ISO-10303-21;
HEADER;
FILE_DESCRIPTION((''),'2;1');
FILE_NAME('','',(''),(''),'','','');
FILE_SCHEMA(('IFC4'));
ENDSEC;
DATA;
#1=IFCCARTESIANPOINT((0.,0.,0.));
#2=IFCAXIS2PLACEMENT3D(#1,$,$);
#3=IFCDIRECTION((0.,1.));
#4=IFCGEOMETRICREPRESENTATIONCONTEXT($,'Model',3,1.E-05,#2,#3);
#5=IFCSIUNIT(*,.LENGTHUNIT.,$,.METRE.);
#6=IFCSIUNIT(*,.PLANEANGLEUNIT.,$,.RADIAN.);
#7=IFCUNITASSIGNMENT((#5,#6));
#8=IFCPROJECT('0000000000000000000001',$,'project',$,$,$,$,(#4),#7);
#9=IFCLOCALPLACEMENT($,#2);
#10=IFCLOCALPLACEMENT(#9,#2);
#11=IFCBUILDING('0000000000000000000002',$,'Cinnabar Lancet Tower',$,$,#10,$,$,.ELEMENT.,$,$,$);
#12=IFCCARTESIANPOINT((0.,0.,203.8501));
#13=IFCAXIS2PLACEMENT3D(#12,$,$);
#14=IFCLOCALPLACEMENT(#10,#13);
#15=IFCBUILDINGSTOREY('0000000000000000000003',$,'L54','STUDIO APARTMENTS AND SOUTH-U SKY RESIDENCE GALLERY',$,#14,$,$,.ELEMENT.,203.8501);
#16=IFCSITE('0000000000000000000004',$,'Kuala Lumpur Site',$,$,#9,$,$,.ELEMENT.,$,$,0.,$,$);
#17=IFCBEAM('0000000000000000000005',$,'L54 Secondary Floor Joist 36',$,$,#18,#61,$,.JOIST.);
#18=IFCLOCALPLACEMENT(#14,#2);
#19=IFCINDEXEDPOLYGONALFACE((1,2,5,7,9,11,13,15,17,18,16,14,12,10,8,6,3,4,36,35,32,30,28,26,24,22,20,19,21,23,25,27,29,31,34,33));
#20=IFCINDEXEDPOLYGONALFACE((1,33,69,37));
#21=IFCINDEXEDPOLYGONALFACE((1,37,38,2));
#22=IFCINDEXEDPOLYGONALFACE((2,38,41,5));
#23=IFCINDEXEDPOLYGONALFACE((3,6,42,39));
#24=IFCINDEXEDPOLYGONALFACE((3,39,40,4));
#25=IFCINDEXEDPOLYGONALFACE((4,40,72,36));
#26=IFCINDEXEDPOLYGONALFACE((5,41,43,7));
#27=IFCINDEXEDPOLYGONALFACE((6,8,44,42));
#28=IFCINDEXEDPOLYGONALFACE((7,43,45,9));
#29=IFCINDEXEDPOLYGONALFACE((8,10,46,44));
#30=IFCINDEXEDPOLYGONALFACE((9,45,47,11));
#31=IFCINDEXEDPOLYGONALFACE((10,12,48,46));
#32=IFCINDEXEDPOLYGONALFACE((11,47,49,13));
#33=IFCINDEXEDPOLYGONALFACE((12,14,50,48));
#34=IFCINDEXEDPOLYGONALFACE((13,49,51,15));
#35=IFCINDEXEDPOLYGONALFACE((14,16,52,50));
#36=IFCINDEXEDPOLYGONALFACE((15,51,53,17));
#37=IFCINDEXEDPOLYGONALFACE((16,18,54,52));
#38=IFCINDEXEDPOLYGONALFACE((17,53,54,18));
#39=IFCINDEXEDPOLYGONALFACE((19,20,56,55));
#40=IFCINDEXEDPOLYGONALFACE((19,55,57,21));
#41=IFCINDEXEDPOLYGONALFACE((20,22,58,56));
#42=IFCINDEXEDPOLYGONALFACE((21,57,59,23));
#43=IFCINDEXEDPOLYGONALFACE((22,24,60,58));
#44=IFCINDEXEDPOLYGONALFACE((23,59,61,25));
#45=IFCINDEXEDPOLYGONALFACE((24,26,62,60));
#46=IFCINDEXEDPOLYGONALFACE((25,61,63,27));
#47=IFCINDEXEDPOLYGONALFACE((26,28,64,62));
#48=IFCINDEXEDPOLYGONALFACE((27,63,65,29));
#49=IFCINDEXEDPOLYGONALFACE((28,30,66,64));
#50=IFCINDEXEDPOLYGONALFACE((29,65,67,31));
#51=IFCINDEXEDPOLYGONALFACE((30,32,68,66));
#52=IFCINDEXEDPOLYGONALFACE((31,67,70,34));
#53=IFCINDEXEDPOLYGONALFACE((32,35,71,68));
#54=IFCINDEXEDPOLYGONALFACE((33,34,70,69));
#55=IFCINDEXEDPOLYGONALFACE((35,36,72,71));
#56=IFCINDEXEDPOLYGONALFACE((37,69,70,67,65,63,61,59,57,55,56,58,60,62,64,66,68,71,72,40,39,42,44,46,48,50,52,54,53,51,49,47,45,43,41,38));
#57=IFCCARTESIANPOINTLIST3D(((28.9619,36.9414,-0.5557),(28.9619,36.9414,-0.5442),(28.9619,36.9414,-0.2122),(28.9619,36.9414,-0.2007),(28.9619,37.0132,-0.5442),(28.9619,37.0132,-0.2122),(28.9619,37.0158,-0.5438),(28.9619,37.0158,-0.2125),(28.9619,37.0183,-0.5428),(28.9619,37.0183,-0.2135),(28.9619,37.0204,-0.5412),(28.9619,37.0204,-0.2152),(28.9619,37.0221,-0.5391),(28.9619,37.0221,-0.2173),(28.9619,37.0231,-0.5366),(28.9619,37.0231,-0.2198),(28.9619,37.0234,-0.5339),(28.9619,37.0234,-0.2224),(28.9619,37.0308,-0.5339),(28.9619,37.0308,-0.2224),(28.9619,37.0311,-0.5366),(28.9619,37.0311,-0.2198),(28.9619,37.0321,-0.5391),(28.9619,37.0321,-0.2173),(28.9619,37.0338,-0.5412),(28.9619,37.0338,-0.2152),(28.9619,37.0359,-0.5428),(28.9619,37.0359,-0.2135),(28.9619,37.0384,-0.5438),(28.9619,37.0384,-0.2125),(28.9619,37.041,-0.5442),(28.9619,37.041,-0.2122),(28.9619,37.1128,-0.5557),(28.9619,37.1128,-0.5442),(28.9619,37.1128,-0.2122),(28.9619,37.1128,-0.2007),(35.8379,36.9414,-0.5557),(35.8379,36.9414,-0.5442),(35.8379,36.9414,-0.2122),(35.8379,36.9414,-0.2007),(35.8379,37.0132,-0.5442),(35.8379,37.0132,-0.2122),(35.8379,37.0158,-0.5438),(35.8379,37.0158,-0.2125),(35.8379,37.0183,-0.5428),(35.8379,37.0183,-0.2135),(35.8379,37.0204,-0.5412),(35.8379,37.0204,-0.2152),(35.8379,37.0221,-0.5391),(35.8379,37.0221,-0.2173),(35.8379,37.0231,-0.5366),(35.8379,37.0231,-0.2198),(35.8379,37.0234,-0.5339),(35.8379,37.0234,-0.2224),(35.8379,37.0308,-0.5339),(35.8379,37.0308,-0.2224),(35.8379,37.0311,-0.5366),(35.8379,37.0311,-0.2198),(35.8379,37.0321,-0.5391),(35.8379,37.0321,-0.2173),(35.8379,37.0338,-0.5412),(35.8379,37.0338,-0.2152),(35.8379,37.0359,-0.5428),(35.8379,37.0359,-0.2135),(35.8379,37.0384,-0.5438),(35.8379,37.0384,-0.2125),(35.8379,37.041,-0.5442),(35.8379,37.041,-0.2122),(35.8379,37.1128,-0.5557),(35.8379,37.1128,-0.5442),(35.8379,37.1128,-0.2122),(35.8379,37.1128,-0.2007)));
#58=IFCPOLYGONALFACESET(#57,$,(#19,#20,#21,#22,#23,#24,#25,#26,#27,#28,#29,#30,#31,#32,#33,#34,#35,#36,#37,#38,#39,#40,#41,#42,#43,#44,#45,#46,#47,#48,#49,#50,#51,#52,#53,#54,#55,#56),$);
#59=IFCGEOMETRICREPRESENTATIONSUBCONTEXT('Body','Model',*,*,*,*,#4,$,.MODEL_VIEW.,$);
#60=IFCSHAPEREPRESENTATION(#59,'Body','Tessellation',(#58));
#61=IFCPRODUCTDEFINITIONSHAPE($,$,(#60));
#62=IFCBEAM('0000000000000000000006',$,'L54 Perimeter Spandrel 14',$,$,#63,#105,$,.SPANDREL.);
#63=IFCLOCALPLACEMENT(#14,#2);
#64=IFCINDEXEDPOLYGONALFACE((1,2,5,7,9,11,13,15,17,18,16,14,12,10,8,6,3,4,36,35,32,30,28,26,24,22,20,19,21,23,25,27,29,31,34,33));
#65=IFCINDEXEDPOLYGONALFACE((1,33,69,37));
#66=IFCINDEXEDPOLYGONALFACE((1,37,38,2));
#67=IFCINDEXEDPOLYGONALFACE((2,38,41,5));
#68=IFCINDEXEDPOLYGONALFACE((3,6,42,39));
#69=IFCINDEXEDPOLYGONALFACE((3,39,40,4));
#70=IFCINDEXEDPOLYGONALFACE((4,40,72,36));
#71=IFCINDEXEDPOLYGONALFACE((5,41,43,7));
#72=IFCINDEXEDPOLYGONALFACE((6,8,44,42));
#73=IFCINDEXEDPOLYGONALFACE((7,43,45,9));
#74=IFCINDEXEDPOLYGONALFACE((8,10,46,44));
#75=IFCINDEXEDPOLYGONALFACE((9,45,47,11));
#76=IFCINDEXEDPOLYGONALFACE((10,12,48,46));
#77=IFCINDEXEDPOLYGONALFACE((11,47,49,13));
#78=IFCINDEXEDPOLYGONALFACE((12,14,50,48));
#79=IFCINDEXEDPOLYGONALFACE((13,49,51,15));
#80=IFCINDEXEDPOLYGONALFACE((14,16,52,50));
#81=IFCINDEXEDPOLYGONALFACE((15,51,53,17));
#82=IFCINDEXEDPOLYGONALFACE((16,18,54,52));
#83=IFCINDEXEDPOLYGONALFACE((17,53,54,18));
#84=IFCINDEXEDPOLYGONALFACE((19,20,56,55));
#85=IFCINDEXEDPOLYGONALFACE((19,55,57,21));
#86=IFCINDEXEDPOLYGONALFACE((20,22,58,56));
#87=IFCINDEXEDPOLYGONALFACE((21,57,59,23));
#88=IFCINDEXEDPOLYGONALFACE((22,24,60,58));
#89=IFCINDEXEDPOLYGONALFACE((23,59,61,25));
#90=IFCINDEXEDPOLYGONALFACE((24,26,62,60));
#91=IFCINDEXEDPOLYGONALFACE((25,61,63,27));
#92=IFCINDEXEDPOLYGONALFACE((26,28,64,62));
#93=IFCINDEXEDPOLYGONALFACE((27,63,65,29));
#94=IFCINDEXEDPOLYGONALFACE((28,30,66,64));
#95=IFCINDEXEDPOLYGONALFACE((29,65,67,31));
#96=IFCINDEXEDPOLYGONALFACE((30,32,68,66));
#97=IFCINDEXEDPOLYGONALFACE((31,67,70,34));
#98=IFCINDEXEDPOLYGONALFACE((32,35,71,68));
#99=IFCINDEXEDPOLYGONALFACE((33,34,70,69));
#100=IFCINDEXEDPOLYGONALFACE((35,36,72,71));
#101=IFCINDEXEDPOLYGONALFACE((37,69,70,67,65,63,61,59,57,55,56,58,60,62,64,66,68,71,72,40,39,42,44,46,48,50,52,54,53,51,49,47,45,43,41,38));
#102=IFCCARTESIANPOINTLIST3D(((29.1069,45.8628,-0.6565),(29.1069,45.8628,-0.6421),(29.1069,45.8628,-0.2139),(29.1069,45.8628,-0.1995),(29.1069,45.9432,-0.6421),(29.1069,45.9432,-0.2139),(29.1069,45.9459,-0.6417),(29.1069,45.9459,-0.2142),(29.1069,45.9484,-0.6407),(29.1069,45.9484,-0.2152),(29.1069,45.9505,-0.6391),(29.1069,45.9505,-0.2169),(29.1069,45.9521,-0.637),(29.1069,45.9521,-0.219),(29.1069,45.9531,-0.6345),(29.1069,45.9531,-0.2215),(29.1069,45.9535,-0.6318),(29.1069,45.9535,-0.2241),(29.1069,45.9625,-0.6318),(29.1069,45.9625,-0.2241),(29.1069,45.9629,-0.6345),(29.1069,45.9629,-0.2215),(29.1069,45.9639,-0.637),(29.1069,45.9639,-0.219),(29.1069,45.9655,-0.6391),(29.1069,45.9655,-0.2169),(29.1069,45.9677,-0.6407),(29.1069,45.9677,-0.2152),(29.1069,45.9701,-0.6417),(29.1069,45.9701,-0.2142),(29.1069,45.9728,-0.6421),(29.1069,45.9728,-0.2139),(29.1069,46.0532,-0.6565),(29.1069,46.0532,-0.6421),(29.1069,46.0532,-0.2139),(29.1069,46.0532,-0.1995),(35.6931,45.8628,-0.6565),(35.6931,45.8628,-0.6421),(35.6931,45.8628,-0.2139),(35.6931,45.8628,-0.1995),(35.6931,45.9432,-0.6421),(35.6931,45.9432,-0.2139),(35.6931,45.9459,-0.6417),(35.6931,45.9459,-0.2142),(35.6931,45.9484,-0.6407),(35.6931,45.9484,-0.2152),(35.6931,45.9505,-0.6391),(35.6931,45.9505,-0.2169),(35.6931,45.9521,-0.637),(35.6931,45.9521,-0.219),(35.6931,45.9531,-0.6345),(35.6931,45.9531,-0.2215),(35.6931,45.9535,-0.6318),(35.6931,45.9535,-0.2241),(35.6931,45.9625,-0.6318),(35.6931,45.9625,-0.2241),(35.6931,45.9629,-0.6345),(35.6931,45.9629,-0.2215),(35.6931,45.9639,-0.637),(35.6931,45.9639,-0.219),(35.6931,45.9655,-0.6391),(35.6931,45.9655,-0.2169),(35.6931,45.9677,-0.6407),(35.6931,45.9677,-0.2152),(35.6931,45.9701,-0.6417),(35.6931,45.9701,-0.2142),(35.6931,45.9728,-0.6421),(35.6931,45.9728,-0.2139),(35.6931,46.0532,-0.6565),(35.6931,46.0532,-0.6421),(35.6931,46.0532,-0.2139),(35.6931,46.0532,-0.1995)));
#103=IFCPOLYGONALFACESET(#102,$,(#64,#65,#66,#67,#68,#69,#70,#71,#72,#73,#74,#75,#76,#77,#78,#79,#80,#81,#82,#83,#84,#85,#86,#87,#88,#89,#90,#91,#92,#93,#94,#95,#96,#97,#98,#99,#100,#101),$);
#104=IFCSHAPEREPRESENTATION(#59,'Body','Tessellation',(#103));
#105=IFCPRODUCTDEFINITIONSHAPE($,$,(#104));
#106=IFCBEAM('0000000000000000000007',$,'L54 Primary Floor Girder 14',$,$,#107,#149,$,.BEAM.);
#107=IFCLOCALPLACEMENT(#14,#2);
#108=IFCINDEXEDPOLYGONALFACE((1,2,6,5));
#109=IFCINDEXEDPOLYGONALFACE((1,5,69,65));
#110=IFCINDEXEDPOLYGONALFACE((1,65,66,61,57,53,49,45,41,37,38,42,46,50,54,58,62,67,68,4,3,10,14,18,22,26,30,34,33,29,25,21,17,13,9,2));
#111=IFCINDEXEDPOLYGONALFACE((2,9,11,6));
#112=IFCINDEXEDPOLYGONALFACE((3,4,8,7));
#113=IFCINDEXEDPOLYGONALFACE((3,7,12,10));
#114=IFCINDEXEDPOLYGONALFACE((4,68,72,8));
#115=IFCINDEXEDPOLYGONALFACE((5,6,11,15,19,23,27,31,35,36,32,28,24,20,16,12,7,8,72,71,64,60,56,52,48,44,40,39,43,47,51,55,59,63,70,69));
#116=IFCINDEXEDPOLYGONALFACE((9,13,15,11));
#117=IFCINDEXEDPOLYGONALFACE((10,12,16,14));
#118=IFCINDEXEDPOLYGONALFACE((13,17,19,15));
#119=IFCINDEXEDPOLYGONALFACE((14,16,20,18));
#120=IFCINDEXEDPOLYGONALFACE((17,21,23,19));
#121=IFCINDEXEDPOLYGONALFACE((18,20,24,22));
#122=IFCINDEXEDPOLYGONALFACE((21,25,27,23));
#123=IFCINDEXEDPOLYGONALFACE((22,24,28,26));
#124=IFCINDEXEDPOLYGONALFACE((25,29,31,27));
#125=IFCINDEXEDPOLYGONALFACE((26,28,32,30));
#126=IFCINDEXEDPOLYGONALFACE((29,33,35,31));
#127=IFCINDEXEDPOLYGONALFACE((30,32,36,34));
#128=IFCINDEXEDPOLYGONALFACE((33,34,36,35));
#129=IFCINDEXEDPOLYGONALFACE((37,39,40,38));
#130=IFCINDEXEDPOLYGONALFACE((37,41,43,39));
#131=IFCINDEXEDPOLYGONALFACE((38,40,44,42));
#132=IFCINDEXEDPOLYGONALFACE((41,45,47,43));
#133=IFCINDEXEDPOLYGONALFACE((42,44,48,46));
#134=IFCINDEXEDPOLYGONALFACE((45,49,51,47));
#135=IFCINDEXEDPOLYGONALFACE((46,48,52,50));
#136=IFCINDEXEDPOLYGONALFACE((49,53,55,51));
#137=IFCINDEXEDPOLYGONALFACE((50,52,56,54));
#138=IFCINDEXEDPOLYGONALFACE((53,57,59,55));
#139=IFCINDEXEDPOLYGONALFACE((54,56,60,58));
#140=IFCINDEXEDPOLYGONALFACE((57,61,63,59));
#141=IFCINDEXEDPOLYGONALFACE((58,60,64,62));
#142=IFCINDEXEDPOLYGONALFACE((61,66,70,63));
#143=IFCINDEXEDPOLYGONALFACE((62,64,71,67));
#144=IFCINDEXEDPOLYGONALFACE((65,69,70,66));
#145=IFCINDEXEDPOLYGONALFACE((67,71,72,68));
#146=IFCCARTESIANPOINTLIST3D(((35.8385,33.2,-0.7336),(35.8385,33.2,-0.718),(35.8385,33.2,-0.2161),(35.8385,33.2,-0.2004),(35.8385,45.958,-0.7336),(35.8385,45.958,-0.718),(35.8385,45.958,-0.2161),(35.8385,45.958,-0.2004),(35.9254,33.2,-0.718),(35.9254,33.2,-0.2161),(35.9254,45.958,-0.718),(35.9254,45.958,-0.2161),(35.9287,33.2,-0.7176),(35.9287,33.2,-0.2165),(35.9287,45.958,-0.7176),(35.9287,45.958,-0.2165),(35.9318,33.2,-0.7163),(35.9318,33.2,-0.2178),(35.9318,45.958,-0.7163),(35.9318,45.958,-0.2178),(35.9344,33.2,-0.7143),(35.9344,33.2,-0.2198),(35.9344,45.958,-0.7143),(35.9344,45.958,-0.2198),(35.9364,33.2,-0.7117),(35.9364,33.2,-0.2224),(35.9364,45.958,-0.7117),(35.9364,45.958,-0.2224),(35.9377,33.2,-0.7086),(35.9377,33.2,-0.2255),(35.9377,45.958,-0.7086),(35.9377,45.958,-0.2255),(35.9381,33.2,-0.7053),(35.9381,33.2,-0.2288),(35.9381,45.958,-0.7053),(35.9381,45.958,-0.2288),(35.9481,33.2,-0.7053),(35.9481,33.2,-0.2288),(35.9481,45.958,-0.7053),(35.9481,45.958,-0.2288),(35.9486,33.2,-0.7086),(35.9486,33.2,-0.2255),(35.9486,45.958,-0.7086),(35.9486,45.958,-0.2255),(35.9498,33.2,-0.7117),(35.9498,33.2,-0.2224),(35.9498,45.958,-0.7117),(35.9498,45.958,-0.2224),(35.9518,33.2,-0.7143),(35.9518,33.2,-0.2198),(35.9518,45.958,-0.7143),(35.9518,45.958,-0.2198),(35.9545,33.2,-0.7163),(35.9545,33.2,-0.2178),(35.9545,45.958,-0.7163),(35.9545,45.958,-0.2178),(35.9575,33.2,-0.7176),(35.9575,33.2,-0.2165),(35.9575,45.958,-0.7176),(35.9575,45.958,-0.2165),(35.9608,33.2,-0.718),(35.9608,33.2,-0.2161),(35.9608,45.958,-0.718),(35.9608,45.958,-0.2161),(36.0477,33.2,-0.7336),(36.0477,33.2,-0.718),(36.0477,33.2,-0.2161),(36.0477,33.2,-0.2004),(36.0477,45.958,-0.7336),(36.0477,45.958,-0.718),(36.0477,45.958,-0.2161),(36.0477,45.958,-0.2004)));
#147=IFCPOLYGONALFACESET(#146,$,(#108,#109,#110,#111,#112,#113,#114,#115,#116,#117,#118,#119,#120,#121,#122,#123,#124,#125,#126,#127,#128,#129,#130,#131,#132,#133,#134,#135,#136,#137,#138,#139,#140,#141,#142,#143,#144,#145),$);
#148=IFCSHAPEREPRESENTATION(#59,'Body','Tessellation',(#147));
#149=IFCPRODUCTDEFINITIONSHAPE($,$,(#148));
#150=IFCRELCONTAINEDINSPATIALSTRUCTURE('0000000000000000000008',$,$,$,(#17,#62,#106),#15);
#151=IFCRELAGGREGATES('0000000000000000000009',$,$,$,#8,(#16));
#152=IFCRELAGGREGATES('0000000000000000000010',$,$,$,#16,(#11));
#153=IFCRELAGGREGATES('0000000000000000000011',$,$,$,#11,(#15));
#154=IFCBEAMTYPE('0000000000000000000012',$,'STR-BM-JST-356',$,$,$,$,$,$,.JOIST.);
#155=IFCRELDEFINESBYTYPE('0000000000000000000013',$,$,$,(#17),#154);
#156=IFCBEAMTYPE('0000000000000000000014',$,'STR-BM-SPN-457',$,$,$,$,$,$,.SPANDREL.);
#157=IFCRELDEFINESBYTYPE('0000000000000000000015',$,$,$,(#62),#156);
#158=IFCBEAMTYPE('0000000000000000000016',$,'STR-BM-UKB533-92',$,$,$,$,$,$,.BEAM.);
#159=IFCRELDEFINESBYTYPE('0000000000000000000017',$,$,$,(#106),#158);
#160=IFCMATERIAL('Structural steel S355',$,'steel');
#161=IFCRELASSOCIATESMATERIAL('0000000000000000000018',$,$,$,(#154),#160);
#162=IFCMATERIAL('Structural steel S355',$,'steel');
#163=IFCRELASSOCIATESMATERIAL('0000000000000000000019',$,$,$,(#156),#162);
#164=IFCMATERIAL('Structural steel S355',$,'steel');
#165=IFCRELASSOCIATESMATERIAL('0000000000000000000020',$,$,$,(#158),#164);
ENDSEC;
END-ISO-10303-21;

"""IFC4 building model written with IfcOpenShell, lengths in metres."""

from ifc_helpers import new_model, si_unit, direction, frame, origin, origin_2d, place, context, subcontext, project, spatial, i_section, extrude, material, material_profile, profile_set, type_object, element, save


model = new_model("IFC4")

# Units and contexts
model_context = context("Model", 3, precision=1e-05, world=origin(), true_north=direction((0.0, 1.0)))
body_context = subcontext(model_context, "Body", "Model", "MODEL_VIEW")
ifc_project = project(units=[si_unit("LENGTHUNIT", "METRE"), si_unit("PLANEANGLEUNIT", "RADIAN")], contexts=[model_context])

# Site, building, storey
site_placement = place(None, origin())
site = spatial("IfcSite", under=ifc_project, at=site_placement, Name="Kuala Lumpur Site", CompositionType="ELEMENT", RefElevation=0.0)
building_placement = place(site_placement, origin())
building = spatial("IfcBuilding", under=site, at=building_placement, Name="Cinnabar Lancet Tower", CompositionType="ELEMENT")
storey_placement = place(building_placement, frame((0.0, 0.0, 203.8501)))
storey = spatial("IfcBuildingStorey", under=building, at=storey_placement, Name="L54", Description="STUDIO APARTMENTS AND SOUTH-U SKY RESIDENCE GALLERY", CompositionType="ELEMENT", Elevation=203.8501)

# Beams
ifc_material_1 = material(Name="Structural steel S355", Category="steel")
ifc_material_profile_1 = material_profile(ifc_material_1, i_section(OverallWidth=0.1714, OverallDepth=0.355, WebThickness=0.0073, FlangeThickness=0.0115, FilletRadius=0.0103, at=origin_2d()), Name="UKB 356x171x51")
ifc_profile_set_1 = profile_set([ifc_material_profile_1], Name="Structural steel S355")
beam_type_1 = type_object("IfcBeamType", Name="STR-BM-JST-356", PredefinedType="JOIST", material=ifc_profile_set_1)
for number, where, z_axis, x_axis, name in (
    (1, (35.8379, 37.0271, -0.3782), (-1.0, 0.0, 0.0), (0.0, -1.0, 0.0), "L54 Secondary Floor Joist 36"),
):
    element("IfcBeam", number, at=place(storey_placement, frame(where, z_axis=z_axis, x_axis=x_axis)), inside=storey, type_object=beam_type_1, Name=name, PredefinedType="JOIST", context=body_context, shape_type="SweptSolid", body=[
        extrude(i_section(OverallWidth=0.1714, OverallDepth=0.355, WebThickness=0.0073, FlangeThickness=0.0115, FilletRadius=0.0103, at=origin_2d()), origin(), (0.0, 0.0, 1.0), 6.876),
    ])
ifc_material_2 = material(Name="Structural steel S355", Category="steel")
ifc_material_profile_2 = material_profile(ifc_material_2, i_section(OverallWidth=0.1904, OverallDepth=0.457, WebThickness=0.009, FlangeThickness=0.0144, FilletRadius=0.0103, at=origin_2d()), Name="UKB 457x191x74")
ifc_profile_set_2 = profile_set([ifc_material_profile_2], Name="Structural steel S355")
beam_type_2 = type_object("IfcBeamType", Name="STR-BM-SPN-457", PredefinedType="SPANDREL", material=ifc_profile_set_2)
beam_1_placement = place(storey_placement, frame((35.6931, 45.958, -0.428), z_axis=(-1.0, 0.0, 0.0), x_axis=(0.0, -1.0, 0.0)))
element("IfcBeam", 2, at=beam_1_placement, inside=storey, type_object=beam_type_2, Name="L54 Perimeter Spandrel 14", PredefinedType="SPANDREL", context=body_context, shape_type="SweptSolid", body=[
    extrude(i_section(OverallWidth=0.1904, OverallDepth=0.457, WebThickness=0.009, FlangeThickness=0.0144, FilletRadius=0.0103, at=origin_2d()), origin(), (0.0, 0.0, 1.0), 6.5862),
])
ifc_material_3 = material(Name="Structural steel S355", Category="steel")
ifc_material_profile_3 = material_profile(ifc_material_3, i_section(OverallWidth=0.2092, OverallDepth=0.5332, WebThickness=0.01, FlangeThickness=0.0156, FilletRadius=0.0127, at=origin_2d()), Name="UKB 533x210x92")
ifc_profile_set_3 = profile_set([ifc_material_profile_3], Name="Structural steel S355")
beam_type_3 = type_object("IfcBeamType", Name="STR-BM-UKB533-92", PredefinedType="BEAM", material=ifc_profile_set_3)
beam_2_placement = place(storey_placement, frame((35.9431, 45.958, -0.467), z_axis=(0.0, -1.0, 0.0), x_axis=(1.0, 0.0, 0.0)))
element("IfcBeam", 3, at=beam_2_placement, inside=storey, type_object=beam_type_3, Name="L54 Primary Floor Girder 14", PredefinedType="BEAM", context=body_context, shape_type="SweptSolid", body=[
    extrude(i_section(OverallWidth=0.2092, OverallDepth=0.5332, WebThickness=0.01, FlangeThickness=0.0156, FilletRadius=0.0127, at=origin_2d()), origin(), (0.0, 0.0, 1.0), 12.7581),
])

save(model, "model.ifc")
